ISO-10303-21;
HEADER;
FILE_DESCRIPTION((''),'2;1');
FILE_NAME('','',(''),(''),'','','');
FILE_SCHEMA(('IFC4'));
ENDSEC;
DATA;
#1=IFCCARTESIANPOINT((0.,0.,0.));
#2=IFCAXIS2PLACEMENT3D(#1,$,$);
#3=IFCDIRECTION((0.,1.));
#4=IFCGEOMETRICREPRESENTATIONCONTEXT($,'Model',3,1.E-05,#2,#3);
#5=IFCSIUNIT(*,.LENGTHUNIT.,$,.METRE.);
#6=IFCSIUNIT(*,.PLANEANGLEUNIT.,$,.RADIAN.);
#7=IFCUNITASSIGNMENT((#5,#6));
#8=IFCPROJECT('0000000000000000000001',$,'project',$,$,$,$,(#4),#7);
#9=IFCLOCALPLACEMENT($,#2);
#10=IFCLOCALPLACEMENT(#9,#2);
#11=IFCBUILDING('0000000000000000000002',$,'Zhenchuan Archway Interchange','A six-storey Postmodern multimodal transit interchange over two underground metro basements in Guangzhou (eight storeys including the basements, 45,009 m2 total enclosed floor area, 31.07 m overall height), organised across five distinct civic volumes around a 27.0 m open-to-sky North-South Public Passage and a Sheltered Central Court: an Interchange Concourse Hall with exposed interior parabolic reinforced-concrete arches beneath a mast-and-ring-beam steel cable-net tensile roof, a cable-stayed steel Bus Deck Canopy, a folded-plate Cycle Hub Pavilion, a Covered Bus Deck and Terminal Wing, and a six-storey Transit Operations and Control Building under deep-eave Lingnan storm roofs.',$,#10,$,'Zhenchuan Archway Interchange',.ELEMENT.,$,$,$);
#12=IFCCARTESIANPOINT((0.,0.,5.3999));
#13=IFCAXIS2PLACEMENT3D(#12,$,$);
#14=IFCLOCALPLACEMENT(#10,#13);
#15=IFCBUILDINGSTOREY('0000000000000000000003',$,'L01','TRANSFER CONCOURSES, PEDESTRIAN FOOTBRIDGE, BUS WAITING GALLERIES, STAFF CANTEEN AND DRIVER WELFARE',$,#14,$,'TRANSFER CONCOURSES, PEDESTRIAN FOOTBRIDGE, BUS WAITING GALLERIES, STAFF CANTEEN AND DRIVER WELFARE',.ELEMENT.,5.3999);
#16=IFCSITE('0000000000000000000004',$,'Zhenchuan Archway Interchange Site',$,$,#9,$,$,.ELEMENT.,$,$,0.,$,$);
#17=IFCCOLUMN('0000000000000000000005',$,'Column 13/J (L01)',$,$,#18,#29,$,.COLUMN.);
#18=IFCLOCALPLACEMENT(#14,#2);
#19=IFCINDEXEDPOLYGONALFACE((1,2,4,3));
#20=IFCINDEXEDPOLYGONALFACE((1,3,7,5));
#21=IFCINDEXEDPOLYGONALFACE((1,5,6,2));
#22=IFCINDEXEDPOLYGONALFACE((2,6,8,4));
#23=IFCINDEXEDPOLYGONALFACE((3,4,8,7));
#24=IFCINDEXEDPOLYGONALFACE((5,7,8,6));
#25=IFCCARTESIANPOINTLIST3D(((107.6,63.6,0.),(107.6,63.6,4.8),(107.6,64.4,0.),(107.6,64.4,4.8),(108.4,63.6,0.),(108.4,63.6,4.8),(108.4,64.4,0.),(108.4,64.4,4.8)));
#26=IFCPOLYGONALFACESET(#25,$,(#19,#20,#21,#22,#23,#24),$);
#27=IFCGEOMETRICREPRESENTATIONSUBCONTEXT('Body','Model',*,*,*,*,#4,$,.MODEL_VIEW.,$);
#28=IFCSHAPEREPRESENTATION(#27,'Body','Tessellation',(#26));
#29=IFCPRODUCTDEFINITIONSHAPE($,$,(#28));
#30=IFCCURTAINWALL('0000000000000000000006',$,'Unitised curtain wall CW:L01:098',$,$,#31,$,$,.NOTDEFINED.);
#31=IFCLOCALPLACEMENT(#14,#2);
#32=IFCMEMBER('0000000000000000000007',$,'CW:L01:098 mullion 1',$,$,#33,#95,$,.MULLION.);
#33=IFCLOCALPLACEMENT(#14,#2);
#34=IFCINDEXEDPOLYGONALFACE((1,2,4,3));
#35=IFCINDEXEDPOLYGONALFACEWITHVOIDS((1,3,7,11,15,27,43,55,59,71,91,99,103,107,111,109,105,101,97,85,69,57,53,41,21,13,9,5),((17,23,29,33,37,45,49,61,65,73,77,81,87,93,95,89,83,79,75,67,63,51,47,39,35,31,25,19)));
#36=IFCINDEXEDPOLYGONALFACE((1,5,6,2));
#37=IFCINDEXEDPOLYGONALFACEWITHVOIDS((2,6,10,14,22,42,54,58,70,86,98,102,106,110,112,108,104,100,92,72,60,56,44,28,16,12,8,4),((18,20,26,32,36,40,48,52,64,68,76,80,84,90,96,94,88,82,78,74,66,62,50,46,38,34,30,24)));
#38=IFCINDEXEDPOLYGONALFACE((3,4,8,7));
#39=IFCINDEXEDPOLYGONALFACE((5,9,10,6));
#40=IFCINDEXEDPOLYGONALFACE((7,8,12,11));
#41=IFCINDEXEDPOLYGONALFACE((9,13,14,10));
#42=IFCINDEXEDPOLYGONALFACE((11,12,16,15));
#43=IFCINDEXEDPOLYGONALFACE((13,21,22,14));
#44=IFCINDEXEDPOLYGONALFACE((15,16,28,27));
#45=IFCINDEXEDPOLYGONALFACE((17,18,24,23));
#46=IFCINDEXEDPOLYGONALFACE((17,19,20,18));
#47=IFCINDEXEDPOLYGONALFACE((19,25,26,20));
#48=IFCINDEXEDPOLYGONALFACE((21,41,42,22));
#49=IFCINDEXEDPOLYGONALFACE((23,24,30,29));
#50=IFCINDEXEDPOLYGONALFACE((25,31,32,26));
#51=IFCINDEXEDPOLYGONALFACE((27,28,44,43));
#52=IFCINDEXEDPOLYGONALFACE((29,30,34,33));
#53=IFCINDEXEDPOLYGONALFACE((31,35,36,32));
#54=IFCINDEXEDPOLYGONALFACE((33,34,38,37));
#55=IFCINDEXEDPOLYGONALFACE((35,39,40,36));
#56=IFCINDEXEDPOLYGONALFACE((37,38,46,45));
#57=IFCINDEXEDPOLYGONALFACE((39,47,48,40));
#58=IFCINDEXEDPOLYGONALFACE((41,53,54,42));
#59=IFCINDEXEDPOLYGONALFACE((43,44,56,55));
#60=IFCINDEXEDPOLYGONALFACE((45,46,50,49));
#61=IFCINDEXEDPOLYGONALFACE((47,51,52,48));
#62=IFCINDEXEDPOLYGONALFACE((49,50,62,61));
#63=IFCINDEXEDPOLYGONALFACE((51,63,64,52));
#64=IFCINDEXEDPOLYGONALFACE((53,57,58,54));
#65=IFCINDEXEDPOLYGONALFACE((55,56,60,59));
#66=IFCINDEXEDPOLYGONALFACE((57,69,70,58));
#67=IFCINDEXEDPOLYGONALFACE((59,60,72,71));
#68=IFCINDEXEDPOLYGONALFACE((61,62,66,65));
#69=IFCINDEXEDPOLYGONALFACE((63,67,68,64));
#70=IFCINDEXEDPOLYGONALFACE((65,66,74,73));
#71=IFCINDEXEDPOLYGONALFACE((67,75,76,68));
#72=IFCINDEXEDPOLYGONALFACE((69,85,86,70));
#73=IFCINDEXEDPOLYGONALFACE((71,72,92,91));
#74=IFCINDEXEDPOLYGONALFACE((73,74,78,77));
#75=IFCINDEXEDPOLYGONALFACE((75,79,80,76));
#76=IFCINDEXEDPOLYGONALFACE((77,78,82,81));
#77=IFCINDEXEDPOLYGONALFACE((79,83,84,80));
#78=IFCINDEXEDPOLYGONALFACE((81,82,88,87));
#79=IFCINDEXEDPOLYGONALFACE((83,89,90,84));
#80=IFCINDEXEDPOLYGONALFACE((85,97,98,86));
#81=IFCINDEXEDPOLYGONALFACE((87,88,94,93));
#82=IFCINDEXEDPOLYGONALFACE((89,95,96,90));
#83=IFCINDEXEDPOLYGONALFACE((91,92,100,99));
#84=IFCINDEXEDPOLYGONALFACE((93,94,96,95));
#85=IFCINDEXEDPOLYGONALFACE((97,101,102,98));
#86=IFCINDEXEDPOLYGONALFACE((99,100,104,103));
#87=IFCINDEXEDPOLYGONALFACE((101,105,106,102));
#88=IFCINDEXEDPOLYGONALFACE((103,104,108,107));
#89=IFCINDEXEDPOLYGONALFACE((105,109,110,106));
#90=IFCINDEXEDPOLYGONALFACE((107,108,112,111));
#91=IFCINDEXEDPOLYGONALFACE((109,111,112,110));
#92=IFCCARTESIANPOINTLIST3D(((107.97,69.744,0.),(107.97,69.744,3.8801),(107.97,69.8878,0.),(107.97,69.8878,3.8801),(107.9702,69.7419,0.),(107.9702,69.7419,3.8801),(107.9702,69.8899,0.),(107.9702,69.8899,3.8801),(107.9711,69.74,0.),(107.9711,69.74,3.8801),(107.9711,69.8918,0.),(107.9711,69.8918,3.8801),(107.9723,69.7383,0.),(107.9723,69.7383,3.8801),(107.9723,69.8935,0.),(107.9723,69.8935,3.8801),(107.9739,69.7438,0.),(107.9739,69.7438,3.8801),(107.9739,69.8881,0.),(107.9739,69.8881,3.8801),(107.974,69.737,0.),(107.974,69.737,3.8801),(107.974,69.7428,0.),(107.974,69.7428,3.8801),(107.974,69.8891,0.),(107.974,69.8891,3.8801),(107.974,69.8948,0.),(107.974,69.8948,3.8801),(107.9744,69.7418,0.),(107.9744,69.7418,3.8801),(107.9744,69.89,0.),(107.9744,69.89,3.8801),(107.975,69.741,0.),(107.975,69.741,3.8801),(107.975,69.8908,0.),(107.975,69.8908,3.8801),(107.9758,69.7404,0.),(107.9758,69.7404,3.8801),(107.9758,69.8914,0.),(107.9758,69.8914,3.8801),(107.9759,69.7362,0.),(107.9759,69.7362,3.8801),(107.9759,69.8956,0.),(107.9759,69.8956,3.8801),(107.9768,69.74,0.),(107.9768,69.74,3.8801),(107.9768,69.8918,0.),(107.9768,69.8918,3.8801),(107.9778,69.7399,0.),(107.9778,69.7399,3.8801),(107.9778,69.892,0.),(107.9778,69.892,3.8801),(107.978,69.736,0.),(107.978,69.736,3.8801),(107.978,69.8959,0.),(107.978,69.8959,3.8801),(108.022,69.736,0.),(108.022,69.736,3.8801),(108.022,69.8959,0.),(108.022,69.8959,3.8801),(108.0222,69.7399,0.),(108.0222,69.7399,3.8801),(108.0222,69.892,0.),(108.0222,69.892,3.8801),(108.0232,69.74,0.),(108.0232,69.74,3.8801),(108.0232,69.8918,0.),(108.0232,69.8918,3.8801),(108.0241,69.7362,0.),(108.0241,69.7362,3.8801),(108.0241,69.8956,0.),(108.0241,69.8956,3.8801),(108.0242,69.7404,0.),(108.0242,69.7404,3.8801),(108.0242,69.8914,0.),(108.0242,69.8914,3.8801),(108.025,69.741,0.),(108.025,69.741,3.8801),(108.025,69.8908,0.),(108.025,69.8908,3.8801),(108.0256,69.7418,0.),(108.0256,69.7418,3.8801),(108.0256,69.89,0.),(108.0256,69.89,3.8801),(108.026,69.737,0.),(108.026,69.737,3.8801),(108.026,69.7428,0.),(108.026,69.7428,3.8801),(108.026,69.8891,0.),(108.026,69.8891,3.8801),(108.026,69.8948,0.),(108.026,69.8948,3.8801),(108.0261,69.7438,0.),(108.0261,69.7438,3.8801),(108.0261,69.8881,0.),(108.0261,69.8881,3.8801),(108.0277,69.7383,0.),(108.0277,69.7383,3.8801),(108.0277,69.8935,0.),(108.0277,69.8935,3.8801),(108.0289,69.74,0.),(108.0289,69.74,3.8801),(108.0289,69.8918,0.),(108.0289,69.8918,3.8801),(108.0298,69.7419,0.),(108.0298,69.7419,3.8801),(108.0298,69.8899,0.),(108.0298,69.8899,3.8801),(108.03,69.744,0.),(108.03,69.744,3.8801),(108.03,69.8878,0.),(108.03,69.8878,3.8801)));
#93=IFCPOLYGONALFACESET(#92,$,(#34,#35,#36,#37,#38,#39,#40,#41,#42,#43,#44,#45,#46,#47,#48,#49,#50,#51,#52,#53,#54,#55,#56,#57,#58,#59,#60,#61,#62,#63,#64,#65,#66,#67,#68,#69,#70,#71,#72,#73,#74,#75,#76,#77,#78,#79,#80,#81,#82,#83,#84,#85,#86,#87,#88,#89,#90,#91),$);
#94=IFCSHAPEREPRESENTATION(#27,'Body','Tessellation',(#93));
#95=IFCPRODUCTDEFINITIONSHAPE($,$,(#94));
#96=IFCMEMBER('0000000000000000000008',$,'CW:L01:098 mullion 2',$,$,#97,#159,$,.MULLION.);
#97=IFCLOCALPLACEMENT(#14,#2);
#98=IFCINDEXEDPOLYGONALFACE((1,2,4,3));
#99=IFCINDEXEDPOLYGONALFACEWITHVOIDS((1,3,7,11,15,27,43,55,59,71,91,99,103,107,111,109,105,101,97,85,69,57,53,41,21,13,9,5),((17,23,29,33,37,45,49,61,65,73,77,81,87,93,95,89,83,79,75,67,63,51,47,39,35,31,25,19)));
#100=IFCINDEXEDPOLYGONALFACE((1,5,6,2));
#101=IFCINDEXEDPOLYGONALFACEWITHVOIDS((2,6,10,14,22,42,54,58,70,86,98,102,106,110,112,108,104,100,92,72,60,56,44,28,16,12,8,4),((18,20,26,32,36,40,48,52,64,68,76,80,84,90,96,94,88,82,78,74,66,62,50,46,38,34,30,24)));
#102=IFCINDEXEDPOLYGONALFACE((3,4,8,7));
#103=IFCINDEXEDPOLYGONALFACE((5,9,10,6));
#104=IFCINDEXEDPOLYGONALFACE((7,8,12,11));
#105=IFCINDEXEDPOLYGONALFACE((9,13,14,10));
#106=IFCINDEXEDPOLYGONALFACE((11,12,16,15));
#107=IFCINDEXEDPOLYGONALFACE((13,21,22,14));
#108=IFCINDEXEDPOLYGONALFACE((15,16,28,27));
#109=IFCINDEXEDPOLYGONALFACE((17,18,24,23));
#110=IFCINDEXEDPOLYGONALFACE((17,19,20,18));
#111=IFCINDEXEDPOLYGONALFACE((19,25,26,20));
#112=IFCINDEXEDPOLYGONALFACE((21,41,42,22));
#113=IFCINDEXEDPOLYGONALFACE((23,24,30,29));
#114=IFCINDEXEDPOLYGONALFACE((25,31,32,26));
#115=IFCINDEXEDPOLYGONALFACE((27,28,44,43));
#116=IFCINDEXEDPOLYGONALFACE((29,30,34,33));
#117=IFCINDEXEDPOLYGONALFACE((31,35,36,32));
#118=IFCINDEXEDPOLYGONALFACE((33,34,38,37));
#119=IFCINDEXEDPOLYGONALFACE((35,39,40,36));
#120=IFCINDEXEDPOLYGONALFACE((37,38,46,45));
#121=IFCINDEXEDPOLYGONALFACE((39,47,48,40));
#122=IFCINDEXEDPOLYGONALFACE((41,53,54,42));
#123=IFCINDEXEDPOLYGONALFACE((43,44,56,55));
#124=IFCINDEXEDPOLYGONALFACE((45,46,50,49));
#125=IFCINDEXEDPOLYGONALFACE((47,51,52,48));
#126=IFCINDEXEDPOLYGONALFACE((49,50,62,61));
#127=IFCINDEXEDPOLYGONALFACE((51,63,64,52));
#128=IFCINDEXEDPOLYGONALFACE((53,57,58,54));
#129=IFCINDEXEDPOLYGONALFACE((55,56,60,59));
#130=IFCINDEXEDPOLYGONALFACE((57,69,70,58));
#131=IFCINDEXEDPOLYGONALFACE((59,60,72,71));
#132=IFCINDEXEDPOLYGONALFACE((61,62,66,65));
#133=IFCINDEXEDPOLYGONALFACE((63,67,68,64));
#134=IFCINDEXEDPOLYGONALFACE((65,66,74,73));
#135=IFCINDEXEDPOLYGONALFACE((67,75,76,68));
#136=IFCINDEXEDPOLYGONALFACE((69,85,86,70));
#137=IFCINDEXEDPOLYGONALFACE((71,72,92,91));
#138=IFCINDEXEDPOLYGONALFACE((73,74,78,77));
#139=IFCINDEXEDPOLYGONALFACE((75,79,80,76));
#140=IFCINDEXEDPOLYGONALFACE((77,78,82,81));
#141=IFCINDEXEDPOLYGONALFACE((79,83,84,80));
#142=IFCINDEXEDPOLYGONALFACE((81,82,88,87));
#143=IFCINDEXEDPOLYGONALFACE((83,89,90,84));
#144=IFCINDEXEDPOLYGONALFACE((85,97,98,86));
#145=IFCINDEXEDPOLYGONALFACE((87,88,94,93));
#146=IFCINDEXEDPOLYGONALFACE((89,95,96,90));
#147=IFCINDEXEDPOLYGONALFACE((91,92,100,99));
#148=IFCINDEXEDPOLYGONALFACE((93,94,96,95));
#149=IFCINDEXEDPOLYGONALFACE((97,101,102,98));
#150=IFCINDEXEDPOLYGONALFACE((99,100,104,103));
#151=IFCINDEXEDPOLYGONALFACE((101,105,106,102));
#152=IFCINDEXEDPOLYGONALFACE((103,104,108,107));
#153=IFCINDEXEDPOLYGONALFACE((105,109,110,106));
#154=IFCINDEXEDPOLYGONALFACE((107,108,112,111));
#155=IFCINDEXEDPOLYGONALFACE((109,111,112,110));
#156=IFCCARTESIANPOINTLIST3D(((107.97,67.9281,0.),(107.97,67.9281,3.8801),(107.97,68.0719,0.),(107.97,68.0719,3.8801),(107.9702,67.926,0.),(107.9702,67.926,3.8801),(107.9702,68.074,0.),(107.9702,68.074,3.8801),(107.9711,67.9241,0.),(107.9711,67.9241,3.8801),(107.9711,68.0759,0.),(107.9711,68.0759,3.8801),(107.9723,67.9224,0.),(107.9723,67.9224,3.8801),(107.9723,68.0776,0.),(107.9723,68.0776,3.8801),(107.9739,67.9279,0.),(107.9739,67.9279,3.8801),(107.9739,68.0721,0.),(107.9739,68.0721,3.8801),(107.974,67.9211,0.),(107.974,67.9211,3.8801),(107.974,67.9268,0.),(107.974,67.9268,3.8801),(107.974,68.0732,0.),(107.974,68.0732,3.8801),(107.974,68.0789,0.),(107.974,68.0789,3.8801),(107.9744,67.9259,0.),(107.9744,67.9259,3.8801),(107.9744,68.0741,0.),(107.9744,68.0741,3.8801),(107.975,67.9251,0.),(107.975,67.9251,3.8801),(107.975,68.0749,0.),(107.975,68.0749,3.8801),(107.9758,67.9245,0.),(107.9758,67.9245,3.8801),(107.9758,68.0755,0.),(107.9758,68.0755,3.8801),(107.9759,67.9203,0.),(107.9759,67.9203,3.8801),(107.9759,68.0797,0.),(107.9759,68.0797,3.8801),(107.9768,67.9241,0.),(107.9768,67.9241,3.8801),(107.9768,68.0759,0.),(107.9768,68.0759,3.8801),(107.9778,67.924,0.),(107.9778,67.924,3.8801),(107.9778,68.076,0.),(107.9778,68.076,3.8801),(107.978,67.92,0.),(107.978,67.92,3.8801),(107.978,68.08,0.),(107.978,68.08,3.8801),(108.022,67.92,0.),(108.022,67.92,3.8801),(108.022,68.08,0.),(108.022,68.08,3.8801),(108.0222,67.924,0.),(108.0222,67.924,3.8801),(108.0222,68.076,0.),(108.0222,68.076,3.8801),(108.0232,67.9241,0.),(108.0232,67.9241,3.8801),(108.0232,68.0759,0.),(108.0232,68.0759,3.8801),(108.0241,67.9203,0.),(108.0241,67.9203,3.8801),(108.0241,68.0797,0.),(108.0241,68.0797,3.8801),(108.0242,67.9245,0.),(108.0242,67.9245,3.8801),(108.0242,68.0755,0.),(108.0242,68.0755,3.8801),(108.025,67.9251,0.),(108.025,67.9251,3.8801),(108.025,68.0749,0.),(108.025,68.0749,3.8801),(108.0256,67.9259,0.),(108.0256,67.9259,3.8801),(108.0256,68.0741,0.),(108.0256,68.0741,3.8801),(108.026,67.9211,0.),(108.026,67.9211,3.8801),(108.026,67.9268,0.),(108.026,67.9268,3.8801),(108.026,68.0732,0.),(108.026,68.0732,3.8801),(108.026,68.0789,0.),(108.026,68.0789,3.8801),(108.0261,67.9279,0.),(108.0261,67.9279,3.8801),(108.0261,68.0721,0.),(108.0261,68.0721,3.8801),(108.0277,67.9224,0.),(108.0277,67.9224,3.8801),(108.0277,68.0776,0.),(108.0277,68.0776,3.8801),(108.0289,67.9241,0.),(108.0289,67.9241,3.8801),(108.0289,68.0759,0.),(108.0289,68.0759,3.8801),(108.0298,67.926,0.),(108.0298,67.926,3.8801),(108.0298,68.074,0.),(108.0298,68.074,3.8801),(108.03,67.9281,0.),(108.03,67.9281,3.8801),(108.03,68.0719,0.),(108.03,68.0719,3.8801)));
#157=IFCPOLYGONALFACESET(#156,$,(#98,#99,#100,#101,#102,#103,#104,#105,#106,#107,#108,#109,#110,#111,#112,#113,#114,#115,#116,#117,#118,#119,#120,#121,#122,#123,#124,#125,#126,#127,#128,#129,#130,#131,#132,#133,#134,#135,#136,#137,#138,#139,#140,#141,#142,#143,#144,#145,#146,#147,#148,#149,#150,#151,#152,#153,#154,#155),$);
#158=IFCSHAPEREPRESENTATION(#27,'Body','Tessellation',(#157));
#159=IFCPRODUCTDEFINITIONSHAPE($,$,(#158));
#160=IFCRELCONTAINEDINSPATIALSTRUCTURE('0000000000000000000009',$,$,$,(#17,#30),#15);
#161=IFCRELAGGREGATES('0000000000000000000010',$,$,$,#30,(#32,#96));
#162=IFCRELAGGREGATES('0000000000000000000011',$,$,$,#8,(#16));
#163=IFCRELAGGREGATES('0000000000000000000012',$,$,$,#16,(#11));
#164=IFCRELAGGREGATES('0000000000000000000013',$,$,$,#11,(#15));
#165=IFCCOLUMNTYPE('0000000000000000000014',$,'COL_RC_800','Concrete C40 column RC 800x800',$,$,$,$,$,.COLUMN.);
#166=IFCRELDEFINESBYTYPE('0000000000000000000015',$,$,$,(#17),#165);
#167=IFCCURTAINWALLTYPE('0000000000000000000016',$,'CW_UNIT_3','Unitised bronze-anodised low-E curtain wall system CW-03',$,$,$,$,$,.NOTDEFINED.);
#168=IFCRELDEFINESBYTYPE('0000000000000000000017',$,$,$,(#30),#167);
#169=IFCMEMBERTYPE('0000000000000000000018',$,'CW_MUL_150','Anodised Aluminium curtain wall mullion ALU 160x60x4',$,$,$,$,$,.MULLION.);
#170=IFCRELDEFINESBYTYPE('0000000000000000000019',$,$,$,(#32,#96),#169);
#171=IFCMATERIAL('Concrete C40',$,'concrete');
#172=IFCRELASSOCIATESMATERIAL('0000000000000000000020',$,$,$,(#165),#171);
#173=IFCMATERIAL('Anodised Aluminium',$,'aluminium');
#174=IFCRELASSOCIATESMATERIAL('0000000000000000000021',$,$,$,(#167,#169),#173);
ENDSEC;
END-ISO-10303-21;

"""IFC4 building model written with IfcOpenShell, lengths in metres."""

from ifc_helpers import new_model, si_unit, direction, frame, origin, origin_2d, place, context, subcontext, project, spatial, rectangle, hollow_rectangle, extrude, material, material_profile, profile_set, type_object, element, aggregate, save


model = new_model("IFC4")

# Units and contexts
model_context = context("Model", 3, precision=1e-05, world=origin(), true_north=direction((0.0, 1.0)))
body_context = subcontext(model_context, "Body", "Model", "MODEL_VIEW")
ifc_project = project(units=[si_unit("LENGTHUNIT", "METRE"), si_unit("PLANEANGLEUNIT", "RADIAN")], contexts=[model_context])

# Site, building, storey
site_placement = place(None, origin())
site = spatial("IfcSite", under=ifc_project, at=site_placement, Name="Zhenchuan Archway Interchange Site", CompositionType="ELEMENT", RefElevation=0.0)
building_placement = place(site_placement, origin())
building = spatial("IfcBuilding", under=site, at=building_placement, Name="Zhenchuan Archway Interchange", Description="A six-storey Postmodern multimodal transit interchange over two underground metro basements in Guangzhou (eight storeys including the basements, 45,009 m2 total enclosed floor area, 31.07 m overall height), organised across five distinct civic volumes around a 27.0 m open-to-sky North-South Public Passage and a Sheltered Central Court: an Interchange Concourse Hall with exposed interior parabolic reinforced-concrete arches beneath a mast-and-ring-beam steel cable-net tensile roof, a cable-stayed steel Bus Deck Canopy, a folded-plate Cycle Hub Pavilion, a Covered Bus Deck and Terminal Wing, and a six-storey Transit Operations and Control Building under deep-eave Lingnan storm roofs.", LongName="Zhenchuan Archway Interchange", CompositionType="ELEMENT")
storey_placement = place(building_placement, frame((0.0, 0.0, 5.3999)))
storey = spatial("IfcBuildingStorey", under=building, at=storey_placement, Name="L01", Description="TRANSFER CONCOURSES, PEDESTRIAN FOOTBRIDGE, BUS WAITING GALLERIES, STAFF CANTEEN AND DRIVER WELFARE", LongName="TRANSFER CONCOURSES, PEDESTRIAN FOOTBRIDGE, BUS WAITING GALLERIES, STAFF CANTEEN AND DRIVER WELFARE", CompositionType="ELEMENT", Elevation=5.3999)

# Column
ifc_material_1 = material(Name="Concrete C40", Category="concrete")
ifc_material_profile_1 = material_profile(ifc_material_1, rectangle(XDim=0.8, YDim=0.8, at=origin_2d()), Name="RC 800x800")
ifc_profile_set_1 = profile_set([ifc_material_profile_1], Name="Concrete C40")
column_type = type_object("IfcColumnType", Name="COL_RC_800", Description="Concrete C40 column RC 800x800", PredefinedType="COLUMN", material=ifc_profile_set_1)
column_placement = place(storey_placement, frame((108.0, 64.0, 0.0), z_axis=(0.0, 0.0, 1.0), x_axis=(1.0, 0.0, 0.0)))
element("IfcColumn", 1, at=column_placement, inside=storey, type_object=column_type, Name="Column 13/J (L01)", PredefinedType="COLUMN", context=body_context, shape_type="SweptSolid", body=[
    extrude(rectangle(XDim=0.8, YDim=0.8, at=origin_2d()), origin(), (0.0, 0.0, 1.0), 4.8),
])

# Curtain wall, members
ifc_material_2 = material(Name="Anodised Aluminium", Category="aluminium")
curtain_wall_type = type_object("IfcCurtainWallType", Name="CW_UNIT_3", Description="Unitised bronze-anodised low-E curtain wall system CW-03", PredefinedType="NOTDEFINED", material=ifc_material_2)
curtain_wall_placement = place(storey_placement, origin())
curtain_wall = element("IfcCurtainWall", 2, at=curtain_wall_placement, inside=storey, type_object=curtain_wall_type, Name="Unitised curtain wall CW:L01:098", PredefinedType="NOTDEFINED")
ifc_material_profile_2 = material_profile(ifc_material_2, hollow_rectangle(XDim=0.0601, YDim=0.1599, WallThickness=0.0039, InnerFilletRadius=0.0039, OuterFilletRadius=0.0081, at=origin_2d()), Name="ALU 160x60x4")
ifc_profile_set_2 = profile_set([ifc_material_profile_2], Name="Anodised Aluminium")
member_type_1 = type_object("IfcMemberType", Name="CW_MUL_150", Description="Anodised Aluminium curtain wall mullion ALU 160x60x4", PredefinedType="MULLION", material=ifc_profile_set_2)
member_1_placement = place(storey_placement, frame((108.0, 69.8159, 0.0), z_axis=(0.0, 0.0, 1.0), x_axis=(1.0, 0.0, 0.0)))
member_1 = element("IfcMember", 3, at=member_1_placement, type_object=member_type_1, Name="CW:L01:098 mullion 1", PredefinedType="MULLION", context=body_context, shape_type="SweptSolid", body=[
    extrude(hollow_rectangle(XDim=0.0601, YDim=0.1599, WallThickness=0.0039, InnerFilletRadius=0.0039, OuterFilletRadius=0.0081, at=origin_2d()), origin(), (0.0, 0.0, 1.0), 3.8801),
])
member_2_placement = place(storey_placement, frame((108.0, 68.0, 0.0), z_axis=(0.0, 0.0, 1.0), x_axis=(1.0, 0.0, 0.0)))
member_2 = element("IfcMember", 4, at=member_2_placement, type_object=member_type_1, Name="CW:L01:098 mullion 2", PredefinedType="MULLION", context=body_context, shape_type="SweptSolid", body=[
    extrude(hollow_rectangle(XDim=0.0601, YDim=0.1599, WallThickness=0.0039, InnerFilletRadius=0.0039, OuterFilletRadius=0.0081, at=origin_2d()), origin(), (0.0, 0.0, 1.0), 3.8801),
])

aggregate(curtain_wall, [member_1, member_2])

save(model, "model.ifc")
